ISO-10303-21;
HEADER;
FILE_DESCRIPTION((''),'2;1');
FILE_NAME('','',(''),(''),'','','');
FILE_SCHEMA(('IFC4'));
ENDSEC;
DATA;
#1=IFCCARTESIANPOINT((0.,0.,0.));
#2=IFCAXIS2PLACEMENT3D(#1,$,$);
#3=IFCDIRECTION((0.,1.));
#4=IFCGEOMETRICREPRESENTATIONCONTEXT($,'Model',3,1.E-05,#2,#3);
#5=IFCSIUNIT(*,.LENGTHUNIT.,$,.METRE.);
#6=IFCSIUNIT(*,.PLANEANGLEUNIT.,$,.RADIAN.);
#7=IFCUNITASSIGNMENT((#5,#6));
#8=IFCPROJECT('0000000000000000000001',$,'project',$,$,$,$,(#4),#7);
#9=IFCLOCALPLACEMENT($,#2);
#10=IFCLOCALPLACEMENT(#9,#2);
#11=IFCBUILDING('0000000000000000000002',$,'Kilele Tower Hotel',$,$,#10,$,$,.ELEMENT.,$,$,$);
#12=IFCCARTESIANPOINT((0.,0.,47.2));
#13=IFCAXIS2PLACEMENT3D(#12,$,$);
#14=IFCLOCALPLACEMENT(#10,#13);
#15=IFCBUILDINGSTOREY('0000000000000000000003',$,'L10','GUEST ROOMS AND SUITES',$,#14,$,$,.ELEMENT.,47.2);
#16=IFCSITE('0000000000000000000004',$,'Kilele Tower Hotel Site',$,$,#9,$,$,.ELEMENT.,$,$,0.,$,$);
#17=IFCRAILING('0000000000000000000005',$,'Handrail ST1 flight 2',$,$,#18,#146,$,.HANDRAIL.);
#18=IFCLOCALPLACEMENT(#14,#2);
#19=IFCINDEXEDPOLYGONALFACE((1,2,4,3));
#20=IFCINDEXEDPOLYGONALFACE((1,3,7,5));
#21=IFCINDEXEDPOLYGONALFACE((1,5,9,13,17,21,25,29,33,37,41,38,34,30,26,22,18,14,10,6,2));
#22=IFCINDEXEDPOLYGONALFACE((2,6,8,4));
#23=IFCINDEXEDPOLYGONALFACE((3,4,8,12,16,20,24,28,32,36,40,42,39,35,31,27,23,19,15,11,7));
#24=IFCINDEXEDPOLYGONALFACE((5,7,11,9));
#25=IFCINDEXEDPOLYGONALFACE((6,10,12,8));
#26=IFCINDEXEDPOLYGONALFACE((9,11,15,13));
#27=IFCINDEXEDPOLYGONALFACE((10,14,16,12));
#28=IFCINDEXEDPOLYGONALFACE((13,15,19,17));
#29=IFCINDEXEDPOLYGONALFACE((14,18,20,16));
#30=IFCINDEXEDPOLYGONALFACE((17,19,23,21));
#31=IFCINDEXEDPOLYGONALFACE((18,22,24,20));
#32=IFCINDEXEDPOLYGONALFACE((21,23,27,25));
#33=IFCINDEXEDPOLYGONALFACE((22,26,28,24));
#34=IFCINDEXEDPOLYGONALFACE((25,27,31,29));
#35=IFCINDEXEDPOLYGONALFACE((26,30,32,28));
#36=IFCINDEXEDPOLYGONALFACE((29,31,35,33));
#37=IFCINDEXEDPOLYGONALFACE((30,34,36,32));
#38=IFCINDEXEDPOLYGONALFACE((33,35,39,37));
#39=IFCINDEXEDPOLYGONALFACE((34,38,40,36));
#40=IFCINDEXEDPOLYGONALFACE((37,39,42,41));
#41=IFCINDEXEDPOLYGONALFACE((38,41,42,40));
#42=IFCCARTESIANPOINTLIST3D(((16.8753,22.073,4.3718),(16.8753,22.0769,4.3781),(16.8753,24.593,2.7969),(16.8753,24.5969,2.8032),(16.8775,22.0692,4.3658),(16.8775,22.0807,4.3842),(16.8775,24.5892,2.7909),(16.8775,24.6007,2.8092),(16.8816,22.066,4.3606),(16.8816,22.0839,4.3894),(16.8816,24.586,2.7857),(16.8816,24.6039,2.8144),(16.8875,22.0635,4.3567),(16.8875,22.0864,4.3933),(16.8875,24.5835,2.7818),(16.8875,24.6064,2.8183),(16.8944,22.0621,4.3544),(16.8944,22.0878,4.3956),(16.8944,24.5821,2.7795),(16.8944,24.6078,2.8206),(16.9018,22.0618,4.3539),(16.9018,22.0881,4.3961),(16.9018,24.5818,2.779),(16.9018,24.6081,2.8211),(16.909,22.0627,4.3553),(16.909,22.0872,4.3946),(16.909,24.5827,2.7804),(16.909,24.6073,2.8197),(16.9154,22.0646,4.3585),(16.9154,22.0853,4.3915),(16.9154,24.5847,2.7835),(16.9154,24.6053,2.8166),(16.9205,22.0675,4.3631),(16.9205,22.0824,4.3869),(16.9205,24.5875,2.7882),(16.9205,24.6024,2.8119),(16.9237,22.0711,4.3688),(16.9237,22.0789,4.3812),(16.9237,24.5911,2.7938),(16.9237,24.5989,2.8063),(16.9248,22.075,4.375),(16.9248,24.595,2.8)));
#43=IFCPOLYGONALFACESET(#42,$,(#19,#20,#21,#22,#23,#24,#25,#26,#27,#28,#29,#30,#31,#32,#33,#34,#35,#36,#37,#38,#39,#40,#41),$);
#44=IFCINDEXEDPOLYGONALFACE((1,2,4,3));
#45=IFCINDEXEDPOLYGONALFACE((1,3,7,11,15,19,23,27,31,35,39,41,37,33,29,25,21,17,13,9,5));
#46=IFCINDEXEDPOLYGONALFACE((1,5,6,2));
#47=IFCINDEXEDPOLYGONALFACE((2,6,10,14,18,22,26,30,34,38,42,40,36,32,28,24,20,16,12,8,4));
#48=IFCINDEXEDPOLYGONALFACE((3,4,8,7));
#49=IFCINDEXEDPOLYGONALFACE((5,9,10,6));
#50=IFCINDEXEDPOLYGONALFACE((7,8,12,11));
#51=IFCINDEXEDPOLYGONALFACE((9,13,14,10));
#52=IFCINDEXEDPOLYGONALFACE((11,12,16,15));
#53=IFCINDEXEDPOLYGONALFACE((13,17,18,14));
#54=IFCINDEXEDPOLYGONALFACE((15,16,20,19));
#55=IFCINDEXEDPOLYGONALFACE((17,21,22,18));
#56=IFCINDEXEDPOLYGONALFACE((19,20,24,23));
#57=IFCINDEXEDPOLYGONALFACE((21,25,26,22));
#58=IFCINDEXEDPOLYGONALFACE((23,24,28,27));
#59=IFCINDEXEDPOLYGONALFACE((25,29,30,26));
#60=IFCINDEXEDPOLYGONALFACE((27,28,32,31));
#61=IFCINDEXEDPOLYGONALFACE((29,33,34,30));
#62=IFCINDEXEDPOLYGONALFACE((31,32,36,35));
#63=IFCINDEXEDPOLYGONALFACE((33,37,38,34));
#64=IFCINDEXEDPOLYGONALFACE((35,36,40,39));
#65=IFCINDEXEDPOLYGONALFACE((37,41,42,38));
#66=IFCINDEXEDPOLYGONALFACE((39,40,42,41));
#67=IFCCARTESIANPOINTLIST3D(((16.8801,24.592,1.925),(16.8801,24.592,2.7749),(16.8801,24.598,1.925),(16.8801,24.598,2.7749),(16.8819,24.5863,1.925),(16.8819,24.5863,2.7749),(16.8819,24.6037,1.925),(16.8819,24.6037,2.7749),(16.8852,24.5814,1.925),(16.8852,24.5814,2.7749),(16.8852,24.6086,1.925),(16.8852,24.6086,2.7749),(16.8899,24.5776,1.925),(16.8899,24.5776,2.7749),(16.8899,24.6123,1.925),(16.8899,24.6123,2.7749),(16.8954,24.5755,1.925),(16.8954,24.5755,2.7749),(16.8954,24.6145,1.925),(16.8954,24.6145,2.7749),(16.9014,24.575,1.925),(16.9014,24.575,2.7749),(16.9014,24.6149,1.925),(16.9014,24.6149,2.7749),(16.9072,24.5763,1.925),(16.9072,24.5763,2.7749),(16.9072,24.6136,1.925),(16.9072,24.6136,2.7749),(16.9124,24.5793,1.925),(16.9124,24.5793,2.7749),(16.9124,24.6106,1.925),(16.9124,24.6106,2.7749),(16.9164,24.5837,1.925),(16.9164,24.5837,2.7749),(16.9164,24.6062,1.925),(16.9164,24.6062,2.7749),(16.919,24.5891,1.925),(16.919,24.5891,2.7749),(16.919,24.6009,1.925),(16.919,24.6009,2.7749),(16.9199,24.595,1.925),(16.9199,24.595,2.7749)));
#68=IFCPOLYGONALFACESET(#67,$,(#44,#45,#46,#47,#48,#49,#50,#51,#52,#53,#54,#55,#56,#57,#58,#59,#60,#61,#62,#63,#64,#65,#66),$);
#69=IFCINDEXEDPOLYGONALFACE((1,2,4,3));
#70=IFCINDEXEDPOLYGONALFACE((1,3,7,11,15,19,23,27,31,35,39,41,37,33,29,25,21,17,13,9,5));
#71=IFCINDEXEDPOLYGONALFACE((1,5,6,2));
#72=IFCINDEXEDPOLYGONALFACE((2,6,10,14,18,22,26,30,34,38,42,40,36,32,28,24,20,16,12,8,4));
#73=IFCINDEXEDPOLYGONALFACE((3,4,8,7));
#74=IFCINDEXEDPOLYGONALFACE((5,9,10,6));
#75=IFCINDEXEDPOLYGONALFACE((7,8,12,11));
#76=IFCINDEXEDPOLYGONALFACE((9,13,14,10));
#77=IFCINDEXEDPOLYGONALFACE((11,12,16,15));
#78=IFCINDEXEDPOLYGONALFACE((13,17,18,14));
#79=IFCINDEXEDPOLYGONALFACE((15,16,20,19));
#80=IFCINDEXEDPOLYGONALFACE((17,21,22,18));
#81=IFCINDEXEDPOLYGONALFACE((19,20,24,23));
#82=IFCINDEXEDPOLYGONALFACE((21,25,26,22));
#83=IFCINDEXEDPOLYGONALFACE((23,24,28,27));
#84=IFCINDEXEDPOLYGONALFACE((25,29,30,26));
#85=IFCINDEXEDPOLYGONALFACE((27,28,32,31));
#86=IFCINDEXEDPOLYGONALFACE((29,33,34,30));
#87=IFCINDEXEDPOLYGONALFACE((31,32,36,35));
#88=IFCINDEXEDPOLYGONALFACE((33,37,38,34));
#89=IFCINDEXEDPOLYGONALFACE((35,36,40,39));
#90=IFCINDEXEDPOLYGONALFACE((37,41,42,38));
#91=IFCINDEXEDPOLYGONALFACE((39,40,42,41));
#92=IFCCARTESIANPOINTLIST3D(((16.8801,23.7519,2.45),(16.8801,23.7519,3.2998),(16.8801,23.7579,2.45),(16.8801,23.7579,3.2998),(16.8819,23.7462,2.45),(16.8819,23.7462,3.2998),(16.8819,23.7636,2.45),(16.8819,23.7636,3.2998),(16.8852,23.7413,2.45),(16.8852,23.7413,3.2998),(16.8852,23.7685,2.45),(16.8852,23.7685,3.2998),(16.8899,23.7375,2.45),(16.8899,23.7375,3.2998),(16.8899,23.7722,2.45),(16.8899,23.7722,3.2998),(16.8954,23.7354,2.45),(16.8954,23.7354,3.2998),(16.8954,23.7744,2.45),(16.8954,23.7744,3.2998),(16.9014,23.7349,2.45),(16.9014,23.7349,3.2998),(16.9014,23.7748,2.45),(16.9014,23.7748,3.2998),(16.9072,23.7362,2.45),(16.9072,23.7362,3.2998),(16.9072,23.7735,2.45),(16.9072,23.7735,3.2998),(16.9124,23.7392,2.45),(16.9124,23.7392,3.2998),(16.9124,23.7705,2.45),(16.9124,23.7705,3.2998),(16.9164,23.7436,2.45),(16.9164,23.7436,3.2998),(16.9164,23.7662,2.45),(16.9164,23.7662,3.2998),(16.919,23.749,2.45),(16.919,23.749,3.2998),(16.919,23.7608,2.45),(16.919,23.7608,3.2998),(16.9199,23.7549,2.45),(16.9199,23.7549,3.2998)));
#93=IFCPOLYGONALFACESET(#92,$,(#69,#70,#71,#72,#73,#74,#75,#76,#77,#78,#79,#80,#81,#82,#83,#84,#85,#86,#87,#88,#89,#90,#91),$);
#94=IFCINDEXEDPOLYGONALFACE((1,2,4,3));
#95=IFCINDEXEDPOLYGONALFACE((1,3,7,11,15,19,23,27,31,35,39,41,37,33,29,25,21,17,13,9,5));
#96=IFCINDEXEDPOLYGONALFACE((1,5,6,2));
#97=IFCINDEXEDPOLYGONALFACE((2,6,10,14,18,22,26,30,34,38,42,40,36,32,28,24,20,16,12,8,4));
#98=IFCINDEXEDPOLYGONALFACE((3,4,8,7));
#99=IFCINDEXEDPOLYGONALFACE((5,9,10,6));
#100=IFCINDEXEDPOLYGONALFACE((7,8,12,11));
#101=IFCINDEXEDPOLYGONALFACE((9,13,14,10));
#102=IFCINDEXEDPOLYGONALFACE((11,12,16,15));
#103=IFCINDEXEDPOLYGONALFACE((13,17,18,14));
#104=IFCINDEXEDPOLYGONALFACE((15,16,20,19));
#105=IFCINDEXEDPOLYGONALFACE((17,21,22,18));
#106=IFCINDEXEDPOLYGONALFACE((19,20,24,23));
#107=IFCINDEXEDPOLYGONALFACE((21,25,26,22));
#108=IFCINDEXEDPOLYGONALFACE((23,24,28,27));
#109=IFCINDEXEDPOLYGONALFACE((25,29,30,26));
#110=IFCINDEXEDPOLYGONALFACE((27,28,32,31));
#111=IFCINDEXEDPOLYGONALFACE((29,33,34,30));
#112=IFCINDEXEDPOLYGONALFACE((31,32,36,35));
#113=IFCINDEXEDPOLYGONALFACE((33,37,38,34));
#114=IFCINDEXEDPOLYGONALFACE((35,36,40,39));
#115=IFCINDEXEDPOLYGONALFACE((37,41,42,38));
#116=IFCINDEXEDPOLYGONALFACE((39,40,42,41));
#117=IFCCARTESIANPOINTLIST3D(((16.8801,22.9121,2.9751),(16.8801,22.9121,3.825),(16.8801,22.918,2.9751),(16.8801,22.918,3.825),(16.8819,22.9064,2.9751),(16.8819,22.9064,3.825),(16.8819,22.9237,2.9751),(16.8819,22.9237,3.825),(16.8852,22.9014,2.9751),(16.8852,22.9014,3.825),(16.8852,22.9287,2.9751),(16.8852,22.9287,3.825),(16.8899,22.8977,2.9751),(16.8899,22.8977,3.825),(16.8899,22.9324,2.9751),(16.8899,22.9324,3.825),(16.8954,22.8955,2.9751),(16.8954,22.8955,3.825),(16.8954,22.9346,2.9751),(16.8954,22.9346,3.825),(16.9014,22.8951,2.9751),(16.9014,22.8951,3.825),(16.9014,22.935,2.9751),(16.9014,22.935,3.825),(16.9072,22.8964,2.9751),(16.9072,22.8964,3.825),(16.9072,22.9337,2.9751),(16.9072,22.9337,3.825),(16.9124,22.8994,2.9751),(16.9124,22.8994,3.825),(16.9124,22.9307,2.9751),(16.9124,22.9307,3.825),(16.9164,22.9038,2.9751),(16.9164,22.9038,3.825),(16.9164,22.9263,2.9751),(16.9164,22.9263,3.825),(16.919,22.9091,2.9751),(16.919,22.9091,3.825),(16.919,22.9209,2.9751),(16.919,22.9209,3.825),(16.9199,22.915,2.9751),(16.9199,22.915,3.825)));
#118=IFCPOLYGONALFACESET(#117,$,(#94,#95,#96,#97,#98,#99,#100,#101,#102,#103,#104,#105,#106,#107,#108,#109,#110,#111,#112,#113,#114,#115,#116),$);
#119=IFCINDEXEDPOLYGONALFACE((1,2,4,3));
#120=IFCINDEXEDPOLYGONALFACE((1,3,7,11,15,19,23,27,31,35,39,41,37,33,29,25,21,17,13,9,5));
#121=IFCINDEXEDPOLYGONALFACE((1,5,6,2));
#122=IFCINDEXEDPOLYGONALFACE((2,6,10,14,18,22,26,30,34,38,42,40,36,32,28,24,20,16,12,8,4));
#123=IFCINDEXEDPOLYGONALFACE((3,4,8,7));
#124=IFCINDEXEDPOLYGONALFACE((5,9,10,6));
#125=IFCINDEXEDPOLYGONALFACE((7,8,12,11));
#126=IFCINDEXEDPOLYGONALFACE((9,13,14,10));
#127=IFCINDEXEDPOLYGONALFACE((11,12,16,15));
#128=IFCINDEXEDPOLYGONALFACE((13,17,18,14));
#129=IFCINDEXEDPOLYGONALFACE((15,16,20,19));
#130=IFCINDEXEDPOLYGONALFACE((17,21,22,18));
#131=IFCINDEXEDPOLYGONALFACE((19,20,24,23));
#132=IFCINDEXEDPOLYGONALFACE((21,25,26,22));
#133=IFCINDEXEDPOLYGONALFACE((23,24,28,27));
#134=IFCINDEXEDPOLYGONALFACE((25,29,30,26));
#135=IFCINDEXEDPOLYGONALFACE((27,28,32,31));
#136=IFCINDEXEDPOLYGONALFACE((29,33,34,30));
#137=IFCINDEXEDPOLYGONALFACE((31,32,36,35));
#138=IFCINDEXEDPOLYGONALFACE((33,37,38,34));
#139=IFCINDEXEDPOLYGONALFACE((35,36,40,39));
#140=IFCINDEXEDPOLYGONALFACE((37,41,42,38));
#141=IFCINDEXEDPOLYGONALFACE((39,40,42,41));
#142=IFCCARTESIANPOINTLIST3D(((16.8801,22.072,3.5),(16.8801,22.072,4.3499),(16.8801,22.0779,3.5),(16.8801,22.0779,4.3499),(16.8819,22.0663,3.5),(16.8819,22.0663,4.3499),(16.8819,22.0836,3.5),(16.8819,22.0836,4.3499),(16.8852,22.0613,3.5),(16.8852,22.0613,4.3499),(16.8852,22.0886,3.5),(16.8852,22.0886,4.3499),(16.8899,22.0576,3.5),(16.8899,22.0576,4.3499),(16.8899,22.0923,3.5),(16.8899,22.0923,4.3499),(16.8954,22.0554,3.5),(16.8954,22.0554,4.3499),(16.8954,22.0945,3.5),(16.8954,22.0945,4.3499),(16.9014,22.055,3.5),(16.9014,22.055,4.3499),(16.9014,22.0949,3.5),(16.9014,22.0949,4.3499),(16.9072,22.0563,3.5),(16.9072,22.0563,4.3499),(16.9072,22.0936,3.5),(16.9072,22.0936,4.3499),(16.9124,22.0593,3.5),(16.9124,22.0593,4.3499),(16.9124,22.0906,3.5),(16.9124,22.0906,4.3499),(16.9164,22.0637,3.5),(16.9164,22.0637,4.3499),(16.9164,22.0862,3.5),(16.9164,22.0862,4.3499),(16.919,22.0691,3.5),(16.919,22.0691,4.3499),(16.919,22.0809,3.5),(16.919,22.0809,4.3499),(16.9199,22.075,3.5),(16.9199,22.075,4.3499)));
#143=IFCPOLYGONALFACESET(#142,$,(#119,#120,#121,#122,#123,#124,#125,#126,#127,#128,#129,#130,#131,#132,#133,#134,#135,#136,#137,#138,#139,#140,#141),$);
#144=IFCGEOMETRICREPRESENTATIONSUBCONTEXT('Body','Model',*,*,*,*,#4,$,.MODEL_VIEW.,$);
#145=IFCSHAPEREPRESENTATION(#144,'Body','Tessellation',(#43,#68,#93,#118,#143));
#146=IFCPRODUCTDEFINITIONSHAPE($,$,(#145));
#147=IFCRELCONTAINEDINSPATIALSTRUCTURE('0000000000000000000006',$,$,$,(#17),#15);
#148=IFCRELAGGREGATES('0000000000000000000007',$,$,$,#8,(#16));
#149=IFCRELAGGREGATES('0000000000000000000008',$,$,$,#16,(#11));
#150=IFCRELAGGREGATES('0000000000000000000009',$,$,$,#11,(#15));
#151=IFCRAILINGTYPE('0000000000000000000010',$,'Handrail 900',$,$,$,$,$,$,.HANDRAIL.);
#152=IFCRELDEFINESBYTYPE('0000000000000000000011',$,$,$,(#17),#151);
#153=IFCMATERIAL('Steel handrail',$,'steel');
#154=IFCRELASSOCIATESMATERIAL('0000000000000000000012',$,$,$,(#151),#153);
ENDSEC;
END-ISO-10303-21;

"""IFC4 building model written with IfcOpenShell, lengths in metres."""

from ifc_helpers import new_model, si_unit, direction, frame, origin, origin_2d, place, context, subcontext, project, spatial, circle, extrude, material, type_object, element, save


model = new_model("IFC4")

# Units and contexts
model_context = context("Model", 3, precision=1e-05, world=origin(), true_north=direction((0.0, 1.0)))
body_context = subcontext(model_context, "Body", "Model", "MODEL_VIEW")
ifc_project = project(units=[si_unit("LENGTHUNIT", "METRE"), si_unit("PLANEANGLEUNIT", "RADIAN")], contexts=[model_context])

# Site, building, storey
site_placement = place(None, origin())
site = spatial("IfcSite", under=ifc_project, at=site_placement, Name="Kilele Tower Hotel Site", CompositionType="ELEMENT", RefElevation=0.0)
building_placement = place(site_placement, origin())
building = spatial("IfcBuilding", under=site, at=building_placement, Name="Kilele Tower Hotel", CompositionType="ELEMENT")
storey_placement = place(building_placement, frame((0.0, 0.0, 47.2)))
storey = spatial("IfcBuildingStorey", under=building, at=storey_placement, Name="L10", Description="GUEST ROOMS AND SUITES", CompositionType="ELEMENT", Elevation=47.2)

# Railing
ifc_material_1 = material(Name="Steel handrail", Category="steel")
railing_type_1 = type_object("IfcRailingType", Name="Handrail 900", PredefinedType="HANDRAIL", material=ifc_material_1)
for number, where, name in (
    (1, (16.8999, 24.595, 1.925), "Handrail ST1 flight 2"),
):
    element("IfcRailing", number, at=place(storey_placement, frame(where)), inside=storey, type_object=railing_type_1, Name=name, PredefinedType="HANDRAIL", context=body_context, shape_type="SweptSolid", body=[
        extrude(circle(Radius=0.0249, at=origin_2d()), frame((0.0, 0.0, 0.875), z_axis=(0.0, -0.848008, 0.529984), x_axis=(1.0, 0.0, 0.0)), (0.0, 0.0, 1.0), 2.9717),
        extrude(circle(Radius=0.02, at=origin_2d()), origin(), (0.0, 0.0, 1.0), 0.8499),
        extrude(circle(Radius=0.02, at=origin_2d()), frame((0.0, -0.8401, 0.5249)), (0.0, 0.0, 1.0), 0.8499),
        extrude(circle(Radius=0.02, at=origin_2d()), frame((0.0, -1.6799, 1.05)), (0.0, 0.0, 1.0), 0.8499),
        extrude(circle(Radius=0.02, at=origin_2d()), frame((0.0, -2.52, 1.575)), (0.0, 0.0, 1.0), 0.8499),
    ])

save(model, "model.ifc")
